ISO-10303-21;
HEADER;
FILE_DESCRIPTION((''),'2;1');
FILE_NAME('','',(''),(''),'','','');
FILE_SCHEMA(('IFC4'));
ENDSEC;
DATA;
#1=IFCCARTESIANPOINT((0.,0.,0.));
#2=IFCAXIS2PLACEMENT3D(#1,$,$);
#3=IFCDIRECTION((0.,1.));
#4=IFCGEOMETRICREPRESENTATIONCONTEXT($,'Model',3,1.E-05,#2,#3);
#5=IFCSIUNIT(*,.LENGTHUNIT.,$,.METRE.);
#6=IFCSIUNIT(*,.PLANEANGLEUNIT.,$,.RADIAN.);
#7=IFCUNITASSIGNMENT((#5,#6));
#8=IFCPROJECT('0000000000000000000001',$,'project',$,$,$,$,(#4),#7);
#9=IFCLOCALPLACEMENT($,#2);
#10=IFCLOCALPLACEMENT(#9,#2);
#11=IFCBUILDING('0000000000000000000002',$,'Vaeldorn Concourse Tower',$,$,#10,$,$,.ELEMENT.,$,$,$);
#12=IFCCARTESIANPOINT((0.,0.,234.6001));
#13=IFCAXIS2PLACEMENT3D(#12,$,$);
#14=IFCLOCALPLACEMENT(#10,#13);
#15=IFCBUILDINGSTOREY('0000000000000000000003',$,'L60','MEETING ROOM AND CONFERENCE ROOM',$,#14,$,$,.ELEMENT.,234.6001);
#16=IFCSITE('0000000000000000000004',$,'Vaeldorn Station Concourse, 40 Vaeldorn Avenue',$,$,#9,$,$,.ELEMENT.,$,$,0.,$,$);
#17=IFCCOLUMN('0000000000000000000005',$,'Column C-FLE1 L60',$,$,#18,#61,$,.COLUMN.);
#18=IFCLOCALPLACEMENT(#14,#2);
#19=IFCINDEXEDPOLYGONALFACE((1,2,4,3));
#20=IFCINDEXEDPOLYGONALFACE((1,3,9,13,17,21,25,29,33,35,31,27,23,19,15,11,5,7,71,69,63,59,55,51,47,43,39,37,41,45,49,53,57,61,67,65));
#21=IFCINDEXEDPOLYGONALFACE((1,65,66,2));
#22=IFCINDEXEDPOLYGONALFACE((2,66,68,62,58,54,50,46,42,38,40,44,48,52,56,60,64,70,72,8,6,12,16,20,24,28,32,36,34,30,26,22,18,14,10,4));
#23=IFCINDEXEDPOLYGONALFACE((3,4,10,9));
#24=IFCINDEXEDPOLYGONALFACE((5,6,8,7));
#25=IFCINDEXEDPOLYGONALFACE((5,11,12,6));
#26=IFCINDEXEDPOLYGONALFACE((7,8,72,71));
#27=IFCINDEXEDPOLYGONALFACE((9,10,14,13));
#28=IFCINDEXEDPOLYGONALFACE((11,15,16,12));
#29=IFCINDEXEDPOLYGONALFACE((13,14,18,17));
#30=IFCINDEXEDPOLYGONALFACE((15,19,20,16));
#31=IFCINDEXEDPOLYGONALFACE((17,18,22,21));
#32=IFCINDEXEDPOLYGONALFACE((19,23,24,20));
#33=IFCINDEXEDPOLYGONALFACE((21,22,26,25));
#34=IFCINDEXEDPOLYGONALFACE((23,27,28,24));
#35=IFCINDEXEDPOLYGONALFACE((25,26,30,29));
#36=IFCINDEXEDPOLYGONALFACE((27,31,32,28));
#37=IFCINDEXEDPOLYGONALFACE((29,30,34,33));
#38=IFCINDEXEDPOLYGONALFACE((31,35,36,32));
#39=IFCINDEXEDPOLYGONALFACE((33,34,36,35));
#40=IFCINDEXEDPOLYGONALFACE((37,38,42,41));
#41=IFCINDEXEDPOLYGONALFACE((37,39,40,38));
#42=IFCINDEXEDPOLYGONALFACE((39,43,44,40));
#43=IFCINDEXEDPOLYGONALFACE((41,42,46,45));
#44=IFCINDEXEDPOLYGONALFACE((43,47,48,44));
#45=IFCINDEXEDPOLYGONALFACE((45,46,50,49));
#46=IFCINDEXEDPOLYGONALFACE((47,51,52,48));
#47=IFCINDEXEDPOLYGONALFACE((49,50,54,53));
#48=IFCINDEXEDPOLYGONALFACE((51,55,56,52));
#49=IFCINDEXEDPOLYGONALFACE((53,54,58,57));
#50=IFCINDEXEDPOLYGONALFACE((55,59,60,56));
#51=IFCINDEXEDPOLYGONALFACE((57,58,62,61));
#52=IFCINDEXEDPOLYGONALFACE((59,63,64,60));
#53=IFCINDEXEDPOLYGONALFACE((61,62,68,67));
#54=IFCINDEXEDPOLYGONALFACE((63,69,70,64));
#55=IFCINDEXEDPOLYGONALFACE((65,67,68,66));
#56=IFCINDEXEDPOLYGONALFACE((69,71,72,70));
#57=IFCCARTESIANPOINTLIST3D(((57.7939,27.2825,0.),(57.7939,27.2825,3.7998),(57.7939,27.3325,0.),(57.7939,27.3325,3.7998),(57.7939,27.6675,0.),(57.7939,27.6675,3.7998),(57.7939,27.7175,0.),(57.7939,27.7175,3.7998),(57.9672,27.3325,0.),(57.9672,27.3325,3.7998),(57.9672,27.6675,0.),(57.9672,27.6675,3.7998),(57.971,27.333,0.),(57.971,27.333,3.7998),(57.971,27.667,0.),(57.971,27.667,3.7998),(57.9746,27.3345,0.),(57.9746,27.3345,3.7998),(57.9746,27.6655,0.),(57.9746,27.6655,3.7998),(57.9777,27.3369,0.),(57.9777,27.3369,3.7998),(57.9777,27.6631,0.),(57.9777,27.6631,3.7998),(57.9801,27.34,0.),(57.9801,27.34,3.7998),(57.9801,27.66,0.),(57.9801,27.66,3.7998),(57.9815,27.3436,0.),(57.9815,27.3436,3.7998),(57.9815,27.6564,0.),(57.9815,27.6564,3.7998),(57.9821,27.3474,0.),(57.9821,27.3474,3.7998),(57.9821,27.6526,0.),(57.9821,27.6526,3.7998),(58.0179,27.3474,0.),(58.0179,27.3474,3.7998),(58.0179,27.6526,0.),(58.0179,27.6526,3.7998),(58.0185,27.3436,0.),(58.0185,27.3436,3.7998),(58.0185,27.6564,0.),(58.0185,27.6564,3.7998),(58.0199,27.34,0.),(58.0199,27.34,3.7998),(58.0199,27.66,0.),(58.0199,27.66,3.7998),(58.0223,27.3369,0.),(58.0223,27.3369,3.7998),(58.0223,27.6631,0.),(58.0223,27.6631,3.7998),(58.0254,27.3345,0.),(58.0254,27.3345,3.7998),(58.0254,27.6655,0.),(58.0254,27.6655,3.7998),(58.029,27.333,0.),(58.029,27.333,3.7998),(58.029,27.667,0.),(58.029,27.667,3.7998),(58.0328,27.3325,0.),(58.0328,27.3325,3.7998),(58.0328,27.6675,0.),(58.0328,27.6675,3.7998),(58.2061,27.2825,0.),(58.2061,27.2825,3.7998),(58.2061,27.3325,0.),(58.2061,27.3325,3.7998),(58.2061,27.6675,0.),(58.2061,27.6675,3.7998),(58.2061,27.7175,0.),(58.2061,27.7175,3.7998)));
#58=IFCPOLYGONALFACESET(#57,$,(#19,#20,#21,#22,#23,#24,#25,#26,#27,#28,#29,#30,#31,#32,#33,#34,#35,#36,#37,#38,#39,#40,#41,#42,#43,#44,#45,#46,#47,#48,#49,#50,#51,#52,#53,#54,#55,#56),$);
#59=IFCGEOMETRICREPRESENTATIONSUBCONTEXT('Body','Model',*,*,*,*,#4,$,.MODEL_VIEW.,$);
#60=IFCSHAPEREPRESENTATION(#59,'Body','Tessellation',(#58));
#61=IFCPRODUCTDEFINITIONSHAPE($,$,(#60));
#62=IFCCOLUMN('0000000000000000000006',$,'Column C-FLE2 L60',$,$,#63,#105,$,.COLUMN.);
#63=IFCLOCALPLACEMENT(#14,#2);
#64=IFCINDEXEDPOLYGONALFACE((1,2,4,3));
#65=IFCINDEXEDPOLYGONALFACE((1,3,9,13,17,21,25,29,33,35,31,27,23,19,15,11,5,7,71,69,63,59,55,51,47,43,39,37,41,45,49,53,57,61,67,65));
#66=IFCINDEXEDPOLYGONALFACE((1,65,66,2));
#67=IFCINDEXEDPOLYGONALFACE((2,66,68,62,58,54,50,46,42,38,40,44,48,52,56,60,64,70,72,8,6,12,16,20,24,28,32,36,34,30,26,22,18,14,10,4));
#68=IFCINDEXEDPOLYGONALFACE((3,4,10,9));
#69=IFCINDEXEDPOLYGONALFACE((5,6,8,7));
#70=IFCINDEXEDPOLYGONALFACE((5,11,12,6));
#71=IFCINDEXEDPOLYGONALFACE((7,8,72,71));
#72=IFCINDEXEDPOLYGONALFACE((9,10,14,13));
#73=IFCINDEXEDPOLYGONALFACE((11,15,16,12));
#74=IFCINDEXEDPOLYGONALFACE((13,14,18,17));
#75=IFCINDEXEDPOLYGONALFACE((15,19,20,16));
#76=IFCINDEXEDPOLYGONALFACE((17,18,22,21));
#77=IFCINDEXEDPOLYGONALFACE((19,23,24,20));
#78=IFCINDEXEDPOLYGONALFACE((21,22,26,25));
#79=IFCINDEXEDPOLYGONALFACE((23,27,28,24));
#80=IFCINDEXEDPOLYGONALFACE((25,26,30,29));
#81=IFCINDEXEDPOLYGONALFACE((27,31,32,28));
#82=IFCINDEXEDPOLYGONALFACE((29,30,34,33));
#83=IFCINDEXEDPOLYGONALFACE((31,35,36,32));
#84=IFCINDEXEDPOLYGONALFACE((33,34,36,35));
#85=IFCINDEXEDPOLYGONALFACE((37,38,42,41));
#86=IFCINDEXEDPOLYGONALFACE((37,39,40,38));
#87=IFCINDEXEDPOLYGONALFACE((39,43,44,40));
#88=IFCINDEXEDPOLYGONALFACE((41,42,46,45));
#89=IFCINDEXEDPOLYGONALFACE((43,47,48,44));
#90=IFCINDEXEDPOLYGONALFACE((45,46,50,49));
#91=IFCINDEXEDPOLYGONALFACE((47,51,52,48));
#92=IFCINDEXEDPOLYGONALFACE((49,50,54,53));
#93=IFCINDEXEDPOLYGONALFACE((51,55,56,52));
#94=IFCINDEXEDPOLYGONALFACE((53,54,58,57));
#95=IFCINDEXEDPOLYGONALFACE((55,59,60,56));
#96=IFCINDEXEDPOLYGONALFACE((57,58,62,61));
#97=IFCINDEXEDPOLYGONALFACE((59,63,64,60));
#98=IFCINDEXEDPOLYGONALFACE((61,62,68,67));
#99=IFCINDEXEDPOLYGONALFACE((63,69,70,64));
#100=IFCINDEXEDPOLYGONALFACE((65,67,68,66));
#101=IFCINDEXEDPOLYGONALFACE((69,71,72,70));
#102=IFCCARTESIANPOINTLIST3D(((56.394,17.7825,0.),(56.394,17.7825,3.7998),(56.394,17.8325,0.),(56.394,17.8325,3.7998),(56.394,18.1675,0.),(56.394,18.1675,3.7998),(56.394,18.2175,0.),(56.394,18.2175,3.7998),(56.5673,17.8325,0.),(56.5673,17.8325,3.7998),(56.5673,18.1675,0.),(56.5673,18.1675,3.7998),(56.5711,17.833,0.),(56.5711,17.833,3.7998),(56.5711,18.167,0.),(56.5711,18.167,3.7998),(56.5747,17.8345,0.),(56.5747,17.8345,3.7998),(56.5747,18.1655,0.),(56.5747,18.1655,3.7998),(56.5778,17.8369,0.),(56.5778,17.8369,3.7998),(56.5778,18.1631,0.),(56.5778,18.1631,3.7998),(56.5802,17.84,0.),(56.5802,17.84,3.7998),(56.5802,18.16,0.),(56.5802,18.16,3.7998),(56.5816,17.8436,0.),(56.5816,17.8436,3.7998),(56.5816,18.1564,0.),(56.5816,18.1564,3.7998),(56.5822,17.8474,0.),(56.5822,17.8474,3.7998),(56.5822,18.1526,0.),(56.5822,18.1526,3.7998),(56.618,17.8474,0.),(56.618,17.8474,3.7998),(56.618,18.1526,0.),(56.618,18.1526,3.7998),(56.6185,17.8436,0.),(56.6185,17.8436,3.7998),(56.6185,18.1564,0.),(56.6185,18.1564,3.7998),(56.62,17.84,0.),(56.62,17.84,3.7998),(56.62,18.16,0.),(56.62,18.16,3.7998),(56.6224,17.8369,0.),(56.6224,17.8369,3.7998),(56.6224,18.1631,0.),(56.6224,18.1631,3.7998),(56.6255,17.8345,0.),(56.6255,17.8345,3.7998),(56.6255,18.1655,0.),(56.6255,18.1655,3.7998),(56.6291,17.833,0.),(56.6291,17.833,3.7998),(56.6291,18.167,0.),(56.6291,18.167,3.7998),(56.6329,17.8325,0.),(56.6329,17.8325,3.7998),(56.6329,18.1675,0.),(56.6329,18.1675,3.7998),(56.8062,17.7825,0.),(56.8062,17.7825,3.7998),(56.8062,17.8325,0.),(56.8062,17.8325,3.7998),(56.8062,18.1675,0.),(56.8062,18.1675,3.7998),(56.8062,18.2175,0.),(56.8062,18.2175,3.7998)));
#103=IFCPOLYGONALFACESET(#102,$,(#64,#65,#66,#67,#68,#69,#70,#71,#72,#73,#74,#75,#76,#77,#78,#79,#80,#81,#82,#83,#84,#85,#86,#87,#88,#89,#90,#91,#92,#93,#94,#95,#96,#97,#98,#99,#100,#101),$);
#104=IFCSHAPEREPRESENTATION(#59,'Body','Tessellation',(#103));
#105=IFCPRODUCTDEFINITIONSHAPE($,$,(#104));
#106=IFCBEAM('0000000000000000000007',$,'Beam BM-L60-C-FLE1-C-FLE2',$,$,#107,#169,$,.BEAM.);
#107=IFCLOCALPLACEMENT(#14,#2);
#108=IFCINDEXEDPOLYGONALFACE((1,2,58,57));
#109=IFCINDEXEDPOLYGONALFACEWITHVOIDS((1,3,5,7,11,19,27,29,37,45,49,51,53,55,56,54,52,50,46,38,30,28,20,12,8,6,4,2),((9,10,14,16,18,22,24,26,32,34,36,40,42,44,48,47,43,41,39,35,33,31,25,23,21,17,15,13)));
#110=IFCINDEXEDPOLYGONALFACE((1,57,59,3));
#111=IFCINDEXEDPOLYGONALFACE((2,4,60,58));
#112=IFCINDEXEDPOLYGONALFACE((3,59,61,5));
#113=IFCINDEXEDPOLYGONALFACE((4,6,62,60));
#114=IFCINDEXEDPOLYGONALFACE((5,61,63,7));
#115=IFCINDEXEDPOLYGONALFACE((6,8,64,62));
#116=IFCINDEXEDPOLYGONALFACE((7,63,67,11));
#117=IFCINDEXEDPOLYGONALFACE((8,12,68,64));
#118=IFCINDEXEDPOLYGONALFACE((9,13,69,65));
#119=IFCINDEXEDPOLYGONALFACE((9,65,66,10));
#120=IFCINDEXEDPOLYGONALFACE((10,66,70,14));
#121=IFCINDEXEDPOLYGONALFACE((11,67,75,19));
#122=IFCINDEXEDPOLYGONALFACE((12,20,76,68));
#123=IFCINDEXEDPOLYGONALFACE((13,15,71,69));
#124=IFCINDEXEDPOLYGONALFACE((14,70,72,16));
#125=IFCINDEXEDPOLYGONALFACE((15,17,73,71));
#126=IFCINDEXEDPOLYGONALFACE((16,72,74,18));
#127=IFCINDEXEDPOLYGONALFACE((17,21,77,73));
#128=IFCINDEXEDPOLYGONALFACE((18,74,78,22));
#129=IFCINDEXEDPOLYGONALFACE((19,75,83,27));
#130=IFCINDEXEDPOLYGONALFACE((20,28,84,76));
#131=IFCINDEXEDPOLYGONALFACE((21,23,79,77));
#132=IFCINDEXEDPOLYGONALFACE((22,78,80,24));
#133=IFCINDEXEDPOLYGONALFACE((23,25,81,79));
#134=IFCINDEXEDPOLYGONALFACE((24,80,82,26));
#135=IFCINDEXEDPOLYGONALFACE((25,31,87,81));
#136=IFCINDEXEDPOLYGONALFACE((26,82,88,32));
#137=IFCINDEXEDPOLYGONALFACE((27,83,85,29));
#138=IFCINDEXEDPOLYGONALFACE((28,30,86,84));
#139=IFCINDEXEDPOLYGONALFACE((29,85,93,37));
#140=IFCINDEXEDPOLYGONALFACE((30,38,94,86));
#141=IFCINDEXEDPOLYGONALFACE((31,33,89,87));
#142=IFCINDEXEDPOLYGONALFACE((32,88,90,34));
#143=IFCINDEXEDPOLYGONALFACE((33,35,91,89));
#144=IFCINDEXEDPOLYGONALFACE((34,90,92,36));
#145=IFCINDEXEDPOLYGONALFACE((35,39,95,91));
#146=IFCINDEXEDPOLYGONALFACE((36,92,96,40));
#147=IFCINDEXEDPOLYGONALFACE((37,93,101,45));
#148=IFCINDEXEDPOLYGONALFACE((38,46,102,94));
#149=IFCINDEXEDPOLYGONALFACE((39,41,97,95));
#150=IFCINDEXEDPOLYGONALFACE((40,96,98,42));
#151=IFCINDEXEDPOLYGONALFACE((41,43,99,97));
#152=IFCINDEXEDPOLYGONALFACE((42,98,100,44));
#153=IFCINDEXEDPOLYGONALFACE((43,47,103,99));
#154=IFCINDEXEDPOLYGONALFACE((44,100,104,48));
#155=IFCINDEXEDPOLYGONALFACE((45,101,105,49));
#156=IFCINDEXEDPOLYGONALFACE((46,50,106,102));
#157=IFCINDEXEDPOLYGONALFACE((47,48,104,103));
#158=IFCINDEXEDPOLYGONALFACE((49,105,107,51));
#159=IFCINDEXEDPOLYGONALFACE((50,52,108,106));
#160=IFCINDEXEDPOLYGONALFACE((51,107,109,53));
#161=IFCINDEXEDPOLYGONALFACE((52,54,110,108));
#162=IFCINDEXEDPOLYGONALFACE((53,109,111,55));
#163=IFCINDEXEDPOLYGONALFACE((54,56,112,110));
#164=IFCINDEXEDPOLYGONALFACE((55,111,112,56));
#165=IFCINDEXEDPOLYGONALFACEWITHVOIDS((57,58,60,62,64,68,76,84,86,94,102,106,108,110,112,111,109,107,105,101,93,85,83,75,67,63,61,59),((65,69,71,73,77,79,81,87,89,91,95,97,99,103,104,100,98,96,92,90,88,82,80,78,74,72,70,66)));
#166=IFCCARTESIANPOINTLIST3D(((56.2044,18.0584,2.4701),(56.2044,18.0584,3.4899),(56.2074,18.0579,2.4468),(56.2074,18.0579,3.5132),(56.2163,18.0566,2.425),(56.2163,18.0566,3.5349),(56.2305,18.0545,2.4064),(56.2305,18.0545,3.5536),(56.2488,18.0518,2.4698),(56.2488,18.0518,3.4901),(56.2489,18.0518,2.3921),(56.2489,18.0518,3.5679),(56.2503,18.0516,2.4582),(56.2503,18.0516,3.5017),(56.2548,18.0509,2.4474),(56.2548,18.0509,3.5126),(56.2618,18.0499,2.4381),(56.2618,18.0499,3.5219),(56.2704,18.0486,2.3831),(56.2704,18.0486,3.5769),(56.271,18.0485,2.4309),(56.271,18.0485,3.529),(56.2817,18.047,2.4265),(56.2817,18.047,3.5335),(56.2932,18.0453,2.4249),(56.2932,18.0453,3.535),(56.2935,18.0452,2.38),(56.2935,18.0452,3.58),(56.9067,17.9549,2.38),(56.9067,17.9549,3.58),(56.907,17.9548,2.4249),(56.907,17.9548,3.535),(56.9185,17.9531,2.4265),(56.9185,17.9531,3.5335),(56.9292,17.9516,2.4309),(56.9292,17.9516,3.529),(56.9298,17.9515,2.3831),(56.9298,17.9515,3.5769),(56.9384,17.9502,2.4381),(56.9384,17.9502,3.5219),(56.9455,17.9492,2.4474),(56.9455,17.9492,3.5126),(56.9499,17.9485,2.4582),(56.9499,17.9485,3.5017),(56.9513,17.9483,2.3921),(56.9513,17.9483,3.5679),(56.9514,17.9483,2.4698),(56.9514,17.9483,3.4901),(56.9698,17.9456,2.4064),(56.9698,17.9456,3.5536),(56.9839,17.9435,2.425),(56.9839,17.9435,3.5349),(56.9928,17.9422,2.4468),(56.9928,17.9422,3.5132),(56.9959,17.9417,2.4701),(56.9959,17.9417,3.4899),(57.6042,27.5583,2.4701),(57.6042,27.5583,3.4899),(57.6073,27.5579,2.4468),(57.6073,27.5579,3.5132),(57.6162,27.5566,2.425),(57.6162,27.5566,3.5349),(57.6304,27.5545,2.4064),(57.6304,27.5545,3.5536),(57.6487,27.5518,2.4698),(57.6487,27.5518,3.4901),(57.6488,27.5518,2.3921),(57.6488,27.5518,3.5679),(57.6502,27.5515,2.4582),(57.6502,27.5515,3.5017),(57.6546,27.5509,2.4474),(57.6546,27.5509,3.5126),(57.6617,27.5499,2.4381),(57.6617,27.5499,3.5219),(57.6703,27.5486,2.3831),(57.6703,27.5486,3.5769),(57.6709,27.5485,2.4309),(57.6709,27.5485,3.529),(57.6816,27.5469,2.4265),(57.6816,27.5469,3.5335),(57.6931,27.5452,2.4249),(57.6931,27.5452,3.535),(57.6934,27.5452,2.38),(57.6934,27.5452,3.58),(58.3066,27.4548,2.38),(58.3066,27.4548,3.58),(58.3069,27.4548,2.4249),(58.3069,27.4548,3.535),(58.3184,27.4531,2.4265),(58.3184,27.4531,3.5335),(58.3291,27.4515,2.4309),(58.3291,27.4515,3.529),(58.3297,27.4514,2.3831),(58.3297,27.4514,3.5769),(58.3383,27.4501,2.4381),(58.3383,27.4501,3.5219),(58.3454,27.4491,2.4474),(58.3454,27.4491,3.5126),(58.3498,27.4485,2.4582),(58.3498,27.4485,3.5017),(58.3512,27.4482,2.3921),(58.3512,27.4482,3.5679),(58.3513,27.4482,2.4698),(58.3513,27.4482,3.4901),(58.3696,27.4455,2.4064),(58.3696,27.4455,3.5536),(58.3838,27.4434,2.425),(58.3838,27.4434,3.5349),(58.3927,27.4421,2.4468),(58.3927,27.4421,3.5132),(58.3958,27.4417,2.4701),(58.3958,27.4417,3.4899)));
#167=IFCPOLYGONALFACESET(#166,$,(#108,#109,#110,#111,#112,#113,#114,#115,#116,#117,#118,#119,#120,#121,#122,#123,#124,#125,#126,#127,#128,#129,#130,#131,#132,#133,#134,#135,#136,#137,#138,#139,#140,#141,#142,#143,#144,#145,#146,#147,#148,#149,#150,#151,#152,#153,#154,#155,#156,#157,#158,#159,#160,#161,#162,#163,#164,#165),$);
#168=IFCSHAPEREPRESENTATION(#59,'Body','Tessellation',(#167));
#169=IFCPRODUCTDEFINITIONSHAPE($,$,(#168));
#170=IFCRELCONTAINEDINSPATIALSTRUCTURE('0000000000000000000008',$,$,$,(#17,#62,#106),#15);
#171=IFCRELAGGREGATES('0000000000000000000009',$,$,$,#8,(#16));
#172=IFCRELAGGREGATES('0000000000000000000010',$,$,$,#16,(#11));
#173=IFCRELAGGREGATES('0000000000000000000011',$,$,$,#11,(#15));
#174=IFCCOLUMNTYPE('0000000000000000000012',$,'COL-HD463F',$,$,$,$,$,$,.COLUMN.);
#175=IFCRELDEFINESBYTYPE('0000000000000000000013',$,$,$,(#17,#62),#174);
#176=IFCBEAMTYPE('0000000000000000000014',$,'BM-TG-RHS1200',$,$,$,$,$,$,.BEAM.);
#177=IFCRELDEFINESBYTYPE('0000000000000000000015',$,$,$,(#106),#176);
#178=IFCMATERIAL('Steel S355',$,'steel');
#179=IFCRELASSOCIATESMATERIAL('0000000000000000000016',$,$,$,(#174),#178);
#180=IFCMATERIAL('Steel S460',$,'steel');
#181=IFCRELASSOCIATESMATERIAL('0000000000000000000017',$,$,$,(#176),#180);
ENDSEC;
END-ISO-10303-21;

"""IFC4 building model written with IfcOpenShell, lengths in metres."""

from ifc_helpers import new_model, si_unit, direction, frame, origin, origin_2d, place, context, subcontext, project, spatial, hollow_rectangle, i_section, extrude, source, transform, mapped, material, material_profile, profile_set, type_object, element, save


model = new_model("IFC4")

# Units and contexts
model_context = context("Model", 3, precision=1e-05, world=origin(), true_north=direction((0.0, 1.0)))
body_context = subcontext(model_context, "Body", "Model", "MODEL_VIEW")
ifc_project = project(units=[si_unit("LENGTHUNIT", "METRE"), si_unit("PLANEANGLEUNIT", "RADIAN")], contexts=[model_context])

# Site, building, storey
site_placement = place(None, origin())
site = spatial("IfcSite", under=ifc_project, at=site_placement, Name="Vaeldorn Station Concourse, 40 Vaeldorn Avenue", CompositionType="ELEMENT", RefElevation=0.0)
building_placement = place(site_placement, origin())
building = spatial("IfcBuilding", under=site, at=building_placement, Name="Vaeldorn Concourse Tower", CompositionType="ELEMENT")
storey_placement = place(building_placement, frame((0.0, 0.0, 234.6001)))
storey = spatial("IfcBuildingStorey", under=building, at=storey_placement, Name="L60", Description="MEETING ROOM AND CONFERENCE ROOM", CompositionType="ELEMENT", Elevation=234.6001)

# Columns
ifc_material_1 = material(Name="Steel S355", Category="steel")
ifc_material_profile_1 = material_profile(ifc_material_1, i_section(OverallWidth=0.4121, OverallDepth=0.4351, WebThickness=0.0359, FlangeThickness=0.05, FilletRadius=0.0149, at=origin_2d()), Name="HD 400x463")
ifc_profile_set_1 = profile_set([ifc_material_profile_1], Name="Steel S355")
column_type = type_object("IfcColumnType", Name="COL-HD463F", PredefinedType="COLUMN", material=ifc_profile_set_1)
shared_shape_1 = source(origin(), body_context, "Body", "SweptSolid", [
    extrude(i_section(OverallWidth=0.4121, OverallDepth=0.4351, WebThickness=0.0359, FlangeThickness=0.05, FilletRadius=0.0149, at=origin_2d()), origin(), (0.0, 0.0, 1.0), 3.7998),
])
for number, where, z_axis, x_axis, name in (
    (1, (58.0, 27.5, 0.0), (0.0, 0.0, 1.0), (1.0, 0.0, 0.0), "Column C-FLE1 L60"),
    (2, (56.6001, 18.0, 0.0), (0.0, 0.0, 1.0), (1.0, 0.0, 0.0), "Column C-FLE2 L60"),
):
    element("IfcColumn", number, at=place(storey_placement, frame(where, z_axis=z_axis, x_axis=x_axis)), inside=storey, type_object=column_type, Name=name, PredefinedType="COLUMN", context=body_context, shape_type="MappedRepresentation", body=[
        mapped(shared_shape_1, transform((0.0, 0.0, 0.0), scale=1.0)),
    ])

# Beam
ifc_material_2 = material(Name="Steel S460", Category="steel")
ifc_material_profile_2 = material_profile(ifc_material_2, hollow_rectangle(XDim=0.8, YDim=1.2, WallThickness=0.0449, InnerFilletRadius=0.0449, OuterFilletRadius=0.0901, at=origin_2d()), Name="RHS 1200x800x45")
ifc_profile_set_2 = profile_set([ifc_material_profile_2], Name="Steel S460")
beam_type_1 = type_object("IfcBeamType", Name="BM-TG-RHS1200", PredefinedType="BEAM", material=ifc_profile_set_2)
shared_shape_2 = source(origin(), body_context, "Body", "SweptSolid", [
    extrude(hollow_rectangle(XDim=0.8, YDim=1.2, WallThickness=0.0449, InnerFilletRadius=0.0449, OuterFilletRadius=0.0901, at=origin_2d()), origin(), (0.0, 0.0, 1.0), 9.6025),
])
beam_1_placement = place(storey_placement, frame((58.0, 27.5, 2.98), z_axis=(-0.145784, -0.989316, 0.0), x_axis=(0.989316, -0.145784, 0.0)))
element("IfcBeam", 3, at=beam_1_placement, inside=storey, type_object=beam_type_1, Name="Beam BM-L60-C-FLE1-C-FLE2", PredefinedType="BEAM", context=body_context, shape_type="MappedRepresentation", body=[
    mapped(shared_shape_2, transform((0.0, 0.0, 0.0), scale=1.0)),
])

save(model, "model.ifc")
